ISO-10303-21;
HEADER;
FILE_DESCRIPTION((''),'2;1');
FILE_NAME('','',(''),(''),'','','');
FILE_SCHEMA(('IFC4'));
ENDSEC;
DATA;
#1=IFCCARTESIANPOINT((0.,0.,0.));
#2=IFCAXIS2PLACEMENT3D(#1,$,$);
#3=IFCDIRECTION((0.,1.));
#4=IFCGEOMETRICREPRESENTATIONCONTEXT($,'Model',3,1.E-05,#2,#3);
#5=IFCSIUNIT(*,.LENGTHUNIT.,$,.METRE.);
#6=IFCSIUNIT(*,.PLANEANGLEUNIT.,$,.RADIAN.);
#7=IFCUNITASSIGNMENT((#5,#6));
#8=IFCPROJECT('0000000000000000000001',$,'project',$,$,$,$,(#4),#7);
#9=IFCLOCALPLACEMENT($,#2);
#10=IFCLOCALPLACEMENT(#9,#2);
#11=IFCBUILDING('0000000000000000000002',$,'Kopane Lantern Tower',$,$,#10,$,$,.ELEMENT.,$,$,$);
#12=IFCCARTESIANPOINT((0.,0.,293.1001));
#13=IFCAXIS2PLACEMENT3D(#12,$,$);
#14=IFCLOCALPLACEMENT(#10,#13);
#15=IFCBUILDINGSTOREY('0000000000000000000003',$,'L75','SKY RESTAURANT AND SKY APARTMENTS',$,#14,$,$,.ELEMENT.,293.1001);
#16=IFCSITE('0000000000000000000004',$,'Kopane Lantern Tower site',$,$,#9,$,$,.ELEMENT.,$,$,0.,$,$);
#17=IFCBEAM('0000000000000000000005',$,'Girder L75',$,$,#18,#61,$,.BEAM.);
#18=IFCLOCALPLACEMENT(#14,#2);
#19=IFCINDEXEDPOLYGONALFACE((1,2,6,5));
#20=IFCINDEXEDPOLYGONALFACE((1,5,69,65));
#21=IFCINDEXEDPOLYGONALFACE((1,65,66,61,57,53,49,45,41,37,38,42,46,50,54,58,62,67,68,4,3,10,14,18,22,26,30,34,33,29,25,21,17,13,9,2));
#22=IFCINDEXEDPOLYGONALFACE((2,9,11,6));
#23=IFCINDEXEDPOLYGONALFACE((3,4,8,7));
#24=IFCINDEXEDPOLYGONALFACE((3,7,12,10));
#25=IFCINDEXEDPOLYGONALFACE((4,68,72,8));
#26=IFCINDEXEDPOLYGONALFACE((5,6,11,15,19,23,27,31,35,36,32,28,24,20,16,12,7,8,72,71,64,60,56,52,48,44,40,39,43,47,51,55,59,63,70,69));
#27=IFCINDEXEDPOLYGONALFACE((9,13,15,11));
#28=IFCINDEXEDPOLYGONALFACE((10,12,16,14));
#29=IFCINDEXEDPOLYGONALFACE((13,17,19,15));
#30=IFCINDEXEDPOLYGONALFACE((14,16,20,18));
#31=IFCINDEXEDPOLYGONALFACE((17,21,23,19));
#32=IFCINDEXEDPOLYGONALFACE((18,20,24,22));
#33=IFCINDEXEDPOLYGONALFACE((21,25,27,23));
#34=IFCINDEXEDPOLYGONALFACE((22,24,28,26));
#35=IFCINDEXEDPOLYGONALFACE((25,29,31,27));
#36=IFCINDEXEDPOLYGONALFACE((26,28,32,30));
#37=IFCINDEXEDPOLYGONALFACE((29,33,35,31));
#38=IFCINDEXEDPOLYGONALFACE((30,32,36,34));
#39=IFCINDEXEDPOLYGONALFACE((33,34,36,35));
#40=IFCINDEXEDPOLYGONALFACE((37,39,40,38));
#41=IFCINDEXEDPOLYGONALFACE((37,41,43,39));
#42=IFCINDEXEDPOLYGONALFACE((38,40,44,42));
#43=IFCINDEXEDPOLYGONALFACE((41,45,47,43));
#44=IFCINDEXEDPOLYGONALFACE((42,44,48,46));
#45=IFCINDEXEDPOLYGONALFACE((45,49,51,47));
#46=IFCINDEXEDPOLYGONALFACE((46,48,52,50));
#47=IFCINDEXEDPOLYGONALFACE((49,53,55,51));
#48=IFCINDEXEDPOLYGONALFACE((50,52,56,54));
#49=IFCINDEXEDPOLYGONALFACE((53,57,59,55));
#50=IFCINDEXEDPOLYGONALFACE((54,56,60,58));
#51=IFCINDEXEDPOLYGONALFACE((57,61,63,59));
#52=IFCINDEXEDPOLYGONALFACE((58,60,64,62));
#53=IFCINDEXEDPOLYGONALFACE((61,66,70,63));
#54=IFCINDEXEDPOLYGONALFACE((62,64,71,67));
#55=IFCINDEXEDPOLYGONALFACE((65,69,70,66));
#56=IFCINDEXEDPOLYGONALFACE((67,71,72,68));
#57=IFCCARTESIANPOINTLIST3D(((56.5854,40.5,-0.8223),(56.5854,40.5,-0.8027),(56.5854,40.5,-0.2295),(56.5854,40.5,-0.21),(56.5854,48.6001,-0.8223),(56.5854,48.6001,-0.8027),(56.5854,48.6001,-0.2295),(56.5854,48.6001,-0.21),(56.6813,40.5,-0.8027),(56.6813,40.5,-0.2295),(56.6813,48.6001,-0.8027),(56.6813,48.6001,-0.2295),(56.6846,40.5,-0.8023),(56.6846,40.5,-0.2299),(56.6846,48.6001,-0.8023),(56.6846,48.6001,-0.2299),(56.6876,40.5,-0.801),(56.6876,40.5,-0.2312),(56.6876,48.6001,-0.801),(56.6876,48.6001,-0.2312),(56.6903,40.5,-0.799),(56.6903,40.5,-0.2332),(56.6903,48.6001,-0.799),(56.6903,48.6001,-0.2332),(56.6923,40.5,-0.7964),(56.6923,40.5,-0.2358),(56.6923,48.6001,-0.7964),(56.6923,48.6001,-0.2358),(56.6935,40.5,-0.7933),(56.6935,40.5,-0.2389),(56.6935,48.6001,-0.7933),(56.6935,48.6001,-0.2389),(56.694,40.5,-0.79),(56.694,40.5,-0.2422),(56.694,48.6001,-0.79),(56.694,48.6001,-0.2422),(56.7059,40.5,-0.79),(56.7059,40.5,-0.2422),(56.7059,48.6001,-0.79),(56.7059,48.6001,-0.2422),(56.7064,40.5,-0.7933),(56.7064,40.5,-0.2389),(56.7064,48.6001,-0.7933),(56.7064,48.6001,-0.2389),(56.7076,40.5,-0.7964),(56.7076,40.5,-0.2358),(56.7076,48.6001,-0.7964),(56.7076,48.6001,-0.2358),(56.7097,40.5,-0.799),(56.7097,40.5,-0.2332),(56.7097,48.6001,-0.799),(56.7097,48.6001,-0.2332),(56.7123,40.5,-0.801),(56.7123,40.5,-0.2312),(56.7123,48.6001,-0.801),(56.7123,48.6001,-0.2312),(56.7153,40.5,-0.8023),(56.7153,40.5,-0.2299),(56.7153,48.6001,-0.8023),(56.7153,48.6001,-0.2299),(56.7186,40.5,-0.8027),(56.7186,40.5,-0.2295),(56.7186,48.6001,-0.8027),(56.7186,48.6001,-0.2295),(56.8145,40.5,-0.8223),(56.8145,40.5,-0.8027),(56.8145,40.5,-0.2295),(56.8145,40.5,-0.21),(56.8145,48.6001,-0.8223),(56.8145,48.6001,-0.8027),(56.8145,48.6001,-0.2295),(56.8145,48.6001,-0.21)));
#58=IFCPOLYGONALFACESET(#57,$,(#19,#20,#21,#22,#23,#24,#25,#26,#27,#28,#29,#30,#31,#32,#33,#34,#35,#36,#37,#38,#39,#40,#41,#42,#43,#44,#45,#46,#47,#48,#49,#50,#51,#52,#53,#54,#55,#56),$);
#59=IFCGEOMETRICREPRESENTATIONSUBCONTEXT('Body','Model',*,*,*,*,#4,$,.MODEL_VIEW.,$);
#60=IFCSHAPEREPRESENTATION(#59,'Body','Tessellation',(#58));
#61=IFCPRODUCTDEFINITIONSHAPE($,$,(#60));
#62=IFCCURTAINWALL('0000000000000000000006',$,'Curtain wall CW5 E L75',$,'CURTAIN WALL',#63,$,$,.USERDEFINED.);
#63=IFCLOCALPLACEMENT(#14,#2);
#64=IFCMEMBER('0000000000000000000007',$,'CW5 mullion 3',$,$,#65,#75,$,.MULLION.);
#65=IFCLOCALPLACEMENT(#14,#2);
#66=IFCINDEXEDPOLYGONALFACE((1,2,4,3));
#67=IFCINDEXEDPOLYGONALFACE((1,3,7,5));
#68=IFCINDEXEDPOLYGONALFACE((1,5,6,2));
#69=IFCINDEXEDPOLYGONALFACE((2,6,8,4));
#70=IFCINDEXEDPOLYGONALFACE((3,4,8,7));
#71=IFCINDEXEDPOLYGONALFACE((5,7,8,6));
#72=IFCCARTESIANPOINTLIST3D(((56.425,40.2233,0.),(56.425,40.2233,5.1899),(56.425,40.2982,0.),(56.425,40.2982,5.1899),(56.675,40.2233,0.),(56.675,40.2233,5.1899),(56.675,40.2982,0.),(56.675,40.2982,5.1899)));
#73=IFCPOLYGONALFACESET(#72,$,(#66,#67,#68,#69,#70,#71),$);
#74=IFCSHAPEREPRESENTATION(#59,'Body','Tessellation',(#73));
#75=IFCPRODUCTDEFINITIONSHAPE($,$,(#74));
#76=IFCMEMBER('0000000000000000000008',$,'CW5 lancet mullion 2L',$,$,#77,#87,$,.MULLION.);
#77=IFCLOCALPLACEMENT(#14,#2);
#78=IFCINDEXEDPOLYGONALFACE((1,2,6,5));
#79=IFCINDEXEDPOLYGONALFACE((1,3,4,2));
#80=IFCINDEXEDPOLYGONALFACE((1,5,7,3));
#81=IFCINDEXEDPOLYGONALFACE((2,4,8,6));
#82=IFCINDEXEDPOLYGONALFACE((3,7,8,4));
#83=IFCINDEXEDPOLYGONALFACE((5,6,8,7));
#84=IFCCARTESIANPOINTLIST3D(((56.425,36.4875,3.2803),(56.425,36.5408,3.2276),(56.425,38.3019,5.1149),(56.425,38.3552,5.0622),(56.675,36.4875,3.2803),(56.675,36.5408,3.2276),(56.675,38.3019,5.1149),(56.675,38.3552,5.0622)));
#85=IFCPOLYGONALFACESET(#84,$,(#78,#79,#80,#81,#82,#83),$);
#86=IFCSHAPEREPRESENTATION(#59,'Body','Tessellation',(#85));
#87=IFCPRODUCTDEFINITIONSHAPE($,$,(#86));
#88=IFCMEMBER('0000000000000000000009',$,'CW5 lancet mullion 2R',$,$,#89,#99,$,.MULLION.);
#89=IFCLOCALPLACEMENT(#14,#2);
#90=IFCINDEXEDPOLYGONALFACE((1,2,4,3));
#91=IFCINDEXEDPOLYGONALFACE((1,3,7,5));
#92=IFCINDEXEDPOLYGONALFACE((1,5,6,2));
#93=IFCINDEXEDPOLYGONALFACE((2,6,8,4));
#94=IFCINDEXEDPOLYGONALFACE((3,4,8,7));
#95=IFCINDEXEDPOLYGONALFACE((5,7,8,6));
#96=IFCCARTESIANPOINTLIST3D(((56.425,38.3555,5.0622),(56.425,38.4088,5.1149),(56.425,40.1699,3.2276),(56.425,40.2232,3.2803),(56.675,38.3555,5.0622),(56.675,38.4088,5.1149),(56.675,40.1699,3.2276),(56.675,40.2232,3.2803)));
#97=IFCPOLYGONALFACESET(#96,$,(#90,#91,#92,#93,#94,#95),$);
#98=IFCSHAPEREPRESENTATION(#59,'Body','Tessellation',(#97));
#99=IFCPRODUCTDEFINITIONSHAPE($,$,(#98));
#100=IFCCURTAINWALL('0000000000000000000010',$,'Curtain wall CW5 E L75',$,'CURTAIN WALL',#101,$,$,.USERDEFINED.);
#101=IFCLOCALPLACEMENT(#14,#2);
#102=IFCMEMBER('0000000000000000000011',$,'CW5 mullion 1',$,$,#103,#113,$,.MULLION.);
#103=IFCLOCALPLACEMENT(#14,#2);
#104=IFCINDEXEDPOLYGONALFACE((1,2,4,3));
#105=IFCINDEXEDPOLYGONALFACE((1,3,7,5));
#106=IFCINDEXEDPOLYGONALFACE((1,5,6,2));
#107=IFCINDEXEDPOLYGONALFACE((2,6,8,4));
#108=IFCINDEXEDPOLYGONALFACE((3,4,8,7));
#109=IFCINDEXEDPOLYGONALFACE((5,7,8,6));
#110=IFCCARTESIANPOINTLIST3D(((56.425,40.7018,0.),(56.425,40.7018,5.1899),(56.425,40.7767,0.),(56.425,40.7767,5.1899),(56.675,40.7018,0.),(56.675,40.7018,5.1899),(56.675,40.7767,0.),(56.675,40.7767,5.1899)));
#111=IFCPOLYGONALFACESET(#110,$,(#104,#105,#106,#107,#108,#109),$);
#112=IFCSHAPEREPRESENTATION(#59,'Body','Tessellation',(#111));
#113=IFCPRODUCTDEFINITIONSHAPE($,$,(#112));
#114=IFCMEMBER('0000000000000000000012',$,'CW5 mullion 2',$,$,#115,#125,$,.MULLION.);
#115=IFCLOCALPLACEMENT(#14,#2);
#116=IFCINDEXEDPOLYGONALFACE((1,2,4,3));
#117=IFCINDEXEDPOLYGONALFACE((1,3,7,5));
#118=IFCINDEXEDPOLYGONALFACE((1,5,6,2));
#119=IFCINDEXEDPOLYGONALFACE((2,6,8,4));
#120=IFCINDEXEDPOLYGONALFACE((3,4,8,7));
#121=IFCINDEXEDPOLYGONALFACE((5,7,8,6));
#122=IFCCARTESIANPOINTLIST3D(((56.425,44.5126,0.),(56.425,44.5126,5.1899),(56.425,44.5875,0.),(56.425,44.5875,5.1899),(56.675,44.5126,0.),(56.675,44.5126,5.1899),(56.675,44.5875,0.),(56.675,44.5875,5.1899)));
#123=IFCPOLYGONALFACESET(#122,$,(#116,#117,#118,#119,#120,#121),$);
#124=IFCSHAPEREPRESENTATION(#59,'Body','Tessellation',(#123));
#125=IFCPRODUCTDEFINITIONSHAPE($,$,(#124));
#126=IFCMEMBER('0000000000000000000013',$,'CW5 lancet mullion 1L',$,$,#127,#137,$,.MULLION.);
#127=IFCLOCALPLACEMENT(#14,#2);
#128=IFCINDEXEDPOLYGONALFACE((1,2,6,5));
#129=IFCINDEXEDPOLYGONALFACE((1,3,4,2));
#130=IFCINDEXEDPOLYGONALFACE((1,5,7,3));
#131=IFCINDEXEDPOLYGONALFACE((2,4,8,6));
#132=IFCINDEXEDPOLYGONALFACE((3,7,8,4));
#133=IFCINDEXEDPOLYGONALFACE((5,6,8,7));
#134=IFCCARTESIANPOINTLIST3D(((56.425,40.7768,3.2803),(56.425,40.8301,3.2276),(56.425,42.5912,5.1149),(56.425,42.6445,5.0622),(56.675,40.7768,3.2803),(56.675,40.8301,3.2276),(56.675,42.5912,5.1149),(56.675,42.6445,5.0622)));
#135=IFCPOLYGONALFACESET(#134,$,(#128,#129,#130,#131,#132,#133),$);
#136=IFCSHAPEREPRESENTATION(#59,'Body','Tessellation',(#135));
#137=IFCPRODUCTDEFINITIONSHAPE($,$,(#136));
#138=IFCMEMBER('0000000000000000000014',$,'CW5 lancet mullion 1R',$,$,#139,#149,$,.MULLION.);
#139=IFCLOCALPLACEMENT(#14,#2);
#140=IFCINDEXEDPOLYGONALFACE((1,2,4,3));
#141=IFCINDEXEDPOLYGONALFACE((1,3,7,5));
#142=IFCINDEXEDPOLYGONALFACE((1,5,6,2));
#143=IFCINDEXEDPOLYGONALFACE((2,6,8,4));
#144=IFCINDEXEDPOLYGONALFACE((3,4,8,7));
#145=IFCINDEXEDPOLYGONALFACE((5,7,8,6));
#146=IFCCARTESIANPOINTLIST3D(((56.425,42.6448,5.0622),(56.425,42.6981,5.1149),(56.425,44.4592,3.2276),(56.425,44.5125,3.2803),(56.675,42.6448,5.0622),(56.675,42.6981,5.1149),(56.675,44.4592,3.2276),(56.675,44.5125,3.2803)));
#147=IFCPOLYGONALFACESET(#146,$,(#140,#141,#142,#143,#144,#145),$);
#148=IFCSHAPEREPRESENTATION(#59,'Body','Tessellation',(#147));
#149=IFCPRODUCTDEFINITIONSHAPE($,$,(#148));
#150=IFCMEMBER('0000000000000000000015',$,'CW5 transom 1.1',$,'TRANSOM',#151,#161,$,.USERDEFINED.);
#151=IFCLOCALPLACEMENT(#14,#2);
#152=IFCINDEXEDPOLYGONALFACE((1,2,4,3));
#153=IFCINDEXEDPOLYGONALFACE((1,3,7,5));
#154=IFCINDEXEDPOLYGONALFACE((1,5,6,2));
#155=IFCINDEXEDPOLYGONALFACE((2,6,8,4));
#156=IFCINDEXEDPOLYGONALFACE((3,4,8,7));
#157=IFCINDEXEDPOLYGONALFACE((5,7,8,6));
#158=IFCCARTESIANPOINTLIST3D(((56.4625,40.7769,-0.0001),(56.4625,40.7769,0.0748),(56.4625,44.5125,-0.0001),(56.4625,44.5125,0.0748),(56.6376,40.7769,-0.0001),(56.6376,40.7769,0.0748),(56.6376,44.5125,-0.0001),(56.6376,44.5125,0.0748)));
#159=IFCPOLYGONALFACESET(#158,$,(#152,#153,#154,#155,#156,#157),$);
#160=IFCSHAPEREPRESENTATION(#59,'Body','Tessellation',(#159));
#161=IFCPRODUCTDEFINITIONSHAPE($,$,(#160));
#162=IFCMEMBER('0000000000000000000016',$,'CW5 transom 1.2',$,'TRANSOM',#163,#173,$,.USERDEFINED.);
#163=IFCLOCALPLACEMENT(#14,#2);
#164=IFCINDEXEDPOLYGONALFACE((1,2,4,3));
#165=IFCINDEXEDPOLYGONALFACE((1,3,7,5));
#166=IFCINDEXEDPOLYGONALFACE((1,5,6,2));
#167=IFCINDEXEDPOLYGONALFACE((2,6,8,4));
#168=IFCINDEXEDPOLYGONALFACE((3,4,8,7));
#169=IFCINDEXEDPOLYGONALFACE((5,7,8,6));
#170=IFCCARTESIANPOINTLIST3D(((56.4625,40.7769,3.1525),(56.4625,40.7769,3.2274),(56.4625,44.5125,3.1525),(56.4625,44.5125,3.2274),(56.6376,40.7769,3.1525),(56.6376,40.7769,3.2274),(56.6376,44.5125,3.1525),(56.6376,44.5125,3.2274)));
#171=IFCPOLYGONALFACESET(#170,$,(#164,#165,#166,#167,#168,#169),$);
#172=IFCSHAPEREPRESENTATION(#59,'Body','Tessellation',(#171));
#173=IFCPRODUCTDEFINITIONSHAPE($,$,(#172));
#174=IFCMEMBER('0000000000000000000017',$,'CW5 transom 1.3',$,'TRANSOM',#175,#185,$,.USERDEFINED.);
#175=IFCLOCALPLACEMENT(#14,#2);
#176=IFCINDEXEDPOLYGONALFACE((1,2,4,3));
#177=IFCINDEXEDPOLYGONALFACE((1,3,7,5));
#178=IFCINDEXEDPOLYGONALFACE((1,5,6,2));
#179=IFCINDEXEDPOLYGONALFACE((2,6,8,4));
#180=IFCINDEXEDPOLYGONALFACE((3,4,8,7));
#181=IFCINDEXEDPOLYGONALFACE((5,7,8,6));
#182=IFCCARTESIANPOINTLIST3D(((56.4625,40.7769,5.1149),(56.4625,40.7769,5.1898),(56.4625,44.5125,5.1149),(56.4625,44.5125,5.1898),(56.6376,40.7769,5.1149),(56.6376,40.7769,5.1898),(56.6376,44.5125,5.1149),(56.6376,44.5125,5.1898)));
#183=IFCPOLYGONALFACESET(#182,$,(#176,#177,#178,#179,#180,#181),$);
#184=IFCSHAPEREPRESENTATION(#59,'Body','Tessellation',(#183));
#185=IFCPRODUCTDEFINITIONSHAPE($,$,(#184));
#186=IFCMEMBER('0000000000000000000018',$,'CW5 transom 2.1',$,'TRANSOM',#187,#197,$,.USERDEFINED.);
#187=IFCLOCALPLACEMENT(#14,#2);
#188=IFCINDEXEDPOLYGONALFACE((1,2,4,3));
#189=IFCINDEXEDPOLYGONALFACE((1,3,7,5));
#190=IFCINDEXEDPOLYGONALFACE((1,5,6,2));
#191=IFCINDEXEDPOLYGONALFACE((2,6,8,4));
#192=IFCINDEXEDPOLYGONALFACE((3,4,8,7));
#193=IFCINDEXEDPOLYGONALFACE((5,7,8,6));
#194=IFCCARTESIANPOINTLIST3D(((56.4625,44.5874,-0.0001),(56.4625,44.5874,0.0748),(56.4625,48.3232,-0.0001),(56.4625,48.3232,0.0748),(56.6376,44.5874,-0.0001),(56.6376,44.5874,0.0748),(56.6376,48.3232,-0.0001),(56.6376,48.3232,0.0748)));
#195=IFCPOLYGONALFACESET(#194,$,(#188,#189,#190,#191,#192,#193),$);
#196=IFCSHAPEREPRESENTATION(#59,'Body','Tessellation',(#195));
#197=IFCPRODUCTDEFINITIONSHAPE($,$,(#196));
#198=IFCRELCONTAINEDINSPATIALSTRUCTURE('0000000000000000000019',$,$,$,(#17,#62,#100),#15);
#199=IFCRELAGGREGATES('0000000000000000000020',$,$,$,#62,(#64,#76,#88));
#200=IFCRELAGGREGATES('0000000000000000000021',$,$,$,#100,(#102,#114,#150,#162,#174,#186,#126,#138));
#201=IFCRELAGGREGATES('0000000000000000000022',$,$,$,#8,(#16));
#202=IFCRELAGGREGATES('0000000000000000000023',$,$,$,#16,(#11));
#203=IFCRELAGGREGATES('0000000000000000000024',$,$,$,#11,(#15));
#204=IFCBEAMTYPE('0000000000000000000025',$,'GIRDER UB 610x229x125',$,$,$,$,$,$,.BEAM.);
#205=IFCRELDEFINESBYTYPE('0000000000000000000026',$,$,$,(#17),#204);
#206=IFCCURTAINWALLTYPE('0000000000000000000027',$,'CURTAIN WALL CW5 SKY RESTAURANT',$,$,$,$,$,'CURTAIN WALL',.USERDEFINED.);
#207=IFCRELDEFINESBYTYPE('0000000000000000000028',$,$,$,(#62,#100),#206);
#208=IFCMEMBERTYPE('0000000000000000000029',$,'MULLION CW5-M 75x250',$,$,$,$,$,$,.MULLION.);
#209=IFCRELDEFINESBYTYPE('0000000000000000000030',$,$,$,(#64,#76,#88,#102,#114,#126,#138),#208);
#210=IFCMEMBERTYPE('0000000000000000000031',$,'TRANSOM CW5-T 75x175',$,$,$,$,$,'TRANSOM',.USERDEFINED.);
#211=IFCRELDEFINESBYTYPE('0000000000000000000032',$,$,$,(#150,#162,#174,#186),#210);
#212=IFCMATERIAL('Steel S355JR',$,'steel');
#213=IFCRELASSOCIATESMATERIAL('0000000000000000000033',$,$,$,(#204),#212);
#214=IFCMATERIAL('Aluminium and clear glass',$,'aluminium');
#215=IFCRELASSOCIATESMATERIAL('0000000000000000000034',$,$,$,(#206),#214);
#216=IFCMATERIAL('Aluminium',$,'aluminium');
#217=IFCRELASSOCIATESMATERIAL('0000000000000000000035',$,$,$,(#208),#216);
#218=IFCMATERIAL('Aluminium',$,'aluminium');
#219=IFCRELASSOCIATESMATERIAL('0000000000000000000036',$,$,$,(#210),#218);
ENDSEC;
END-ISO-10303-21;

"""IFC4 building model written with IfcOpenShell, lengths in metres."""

from ifc_helpers import new_model, si_unit, direction, frame, origin, origin_2d, place, context, subcontext, project, spatial, rectangle, i_section, extrude, material, material_profile, profile_set, type_object, element, aggregate, save


model = new_model("IFC4")

# Units and contexts
model_context = context("Model", 3, precision=1e-05, world=origin(), true_north=direction((0.0, 1.0)))
body_context = subcontext(model_context, "Body", "Model", "MODEL_VIEW")
ifc_project = project(units=[si_unit("LENGTHUNIT", "METRE"), si_unit("PLANEANGLEUNIT", "RADIAN")], contexts=[model_context])

# Site, building, storey
site_placement = place(None, origin())
site = spatial("IfcSite", under=ifc_project, at=site_placement, Name="Kopane Lantern Tower site", CompositionType="ELEMENT", RefElevation=0.0)
building_placement = place(site_placement, origin())
building = spatial("IfcBuilding", under=site, at=building_placement, Name="Kopane Lantern Tower", CompositionType="ELEMENT")
storey_placement = place(building_placement, frame((0.0, 0.0, 293.1001)))
storey = spatial("IfcBuildingStorey", under=building, at=storey_placement, Name="L75", Description="SKY RESTAURANT AND SKY APARTMENTS", CompositionType="ELEMENT", Elevation=293.1001)

# Beam
ifc_material_1 = material(Name="Steel S355JR", Category="steel")
ifc_material_profile_1 = material_profile(ifc_material_1, i_section(OverallWidth=0.229, OverallDepth=0.6123, WebThickness=0.012, FlangeThickness=0.0195, FilletRadius=0.0127, at=origin_2d()), Name="UB 610x229x125")
ifc_profile_set_1 = profile_set([ifc_material_profile_1], Name="Steel S355JR")
beam_type = type_object("IfcBeamType", Name="GIRDER UB 610x229x125", PredefinedType="BEAM", material=ifc_profile_set_1)
beam_1_placement = place(storey_placement, frame((56.7, 40.5, -0.5161), z_axis=(0.0, 1.0, 0.0), x_axis=(-1.0, 0.0, 0.0)))
element("IfcBeam", 1, at=beam_1_placement, inside=storey, type_object=beam_type, Name="Girder L75", PredefinedType="BEAM", context=body_context, shape_type="SweptSolid", body=[
    extrude(i_section(OverallWidth=0.229, OverallDepth=0.6123, WebThickness=0.012, FlangeThickness=0.0195, FilletRadius=0.0127, at=origin_2d()), origin(), (0.0, 0.0, 1.0), 8.1001),
])

# Curtain walls, members
ifc_material_2 = material(Name="Aluminium and clear glass", Category="aluminium")
curtain_wall_type = type_object("IfcCurtainWallType", Name="CURTAIN WALL CW5 SKY RESTAURANT", ElementType="CURTAIN WALL", PredefinedType="USERDEFINED", material=ifc_material_2)
curtain_wall_1_placement = place(storey_placement, origin())
curtain_wall_1 = element("IfcCurtainWall", 2, at=curtain_wall_1_placement, inside=storey, type_object=curtain_wall_type, Name="Curtain wall CW5 E L75", ObjectType="CURTAIN WALL", PredefinedType="USERDEFINED")
ifc_material_3 = material(Name="Aluminium", Category="aluminium")
ifc_material_profile_2 = material_profile(ifc_material_3, rectangle(XDim=0.075, YDim=0.25, at=origin_2d()), Name="AL 75x250")
ifc_profile_set_2 = profile_set([ifc_material_profile_2], Name="Aluminium")
member_type_1 = type_object("IfcMemberType", Name="MULLION CW5-M 75x250", PredefinedType="MULLION", material=ifc_profile_set_2)
member_1_placement = place(storey_placement, frame((56.55, 40.2607, 0.0), z_axis=(0.0, 0.0, 1.0), x_axis=(0.0, 1.0, 0.0)))
member_1 = element("IfcMember", 3, at=member_1_placement, type_object=member_type_1, Name="CW5 mullion 3", PredefinedType="MULLION", context=body_context, shape_type="SweptSolid", body=[
    extrude(rectangle(XDim=0.075, YDim=0.25, at=origin_2d()), origin(), (0.0, 0.0, 1.0), 5.1899),
])
member_2_placement = place(storey_placement, frame((56.55, 36.5142, 3.2539), z_axis=(0.0, 0.703169, 0.711022), x_axis=(0.0, -0.711022, 0.703169)))
member_2 = element("IfcMember", 4, at=member_2_placement, type_object=member_type_1, Name="CW5 lancet mullion 2L", PredefinedType="MULLION", context=body_context, shape_type="SweptSolid", body=[
    extrude(rectangle(XDim=0.075, YDim=0.25, at=origin_2d()), origin(), (0.0, 0.0, 1.0), 2.5803),
])
member_3_placement = place(storey_placement, frame((56.55, 40.1965, 3.2539), z_axis=(0.0, -0.703169, 0.711022), x_axis=(0.0, 0.711022, 0.703169)))
member_3 = element("IfcMember", 5, at=member_3_placement, type_object=member_type_1, Name="CW5 lancet mullion 2R", PredefinedType="MULLION", context=body_context, shape_type="SweptSolid", body=[
    extrude(rectangle(XDim=0.075, YDim=0.25, at=origin_2d()), origin(), (0.0, 0.0, 1.0), 2.5803),
])
curtain_wall_2_placement = place(storey_placement, origin())
curtain_wall_2 = element("IfcCurtainWall", 6, at=curtain_wall_2_placement, inside=storey, type_object=curtain_wall_type, Name="Curtain wall CW5 E L75", ObjectType="CURTAIN WALL", PredefinedType="USERDEFINED")
member_4_placement = place(storey_placement, frame((56.55, 40.7393, 0.0), z_axis=(0.0, 0.0, 1.0), x_axis=(0.0, 1.0, 0.0)))
member_4 = element("IfcMember", 7, at=member_4_placement, type_object=member_type_1, Name="CW5 mullion 1", PredefinedType="MULLION", context=body_context, shape_type="SweptSolid", body=[
    extrude(rectangle(XDim=0.075, YDim=0.25, at=origin_2d()), origin(), (0.0, 0.0, 1.0), 5.1899),
])
member_5_placement = place(storey_placement, frame((56.55, 44.55, 0.0), z_axis=(0.0, 0.0, 1.0), x_axis=(0.0, 1.0, 0.0)))
member_5 = element("IfcMember", 8, at=member_5_placement, type_object=member_type_1, Name="CW5 mullion 2", PredefinedType="MULLION", context=body_context, shape_type="SweptSolid", body=[
    extrude(rectangle(XDim=0.075, YDim=0.25, at=origin_2d()), origin(), (0.0, 0.0, 1.0), 5.1899),
])
member_6_placement = place(storey_placement, frame((56.55, 40.8035, 3.2539), z_axis=(0.0, 0.703169, 0.711022), x_axis=(0.0, -0.711022, 0.703169)))
member_6 = element("IfcMember", 9, at=member_6_placement, type_object=member_type_1, Name="CW5 lancet mullion 1L", PredefinedType="MULLION", context=body_context, shape_type="SweptSolid", body=[
    extrude(rectangle(XDim=0.075, YDim=0.25, at=origin_2d()), origin(), (0.0, 0.0, 1.0), 2.5803),
])
member_7_placement = place(storey_placement, frame((56.55, 44.4858, 3.2539), z_axis=(0.0, -0.703169, 0.711022), x_axis=(0.0, 0.711022, 0.703169)))
member_7 = element("IfcMember", 10, at=member_7_placement, type_object=member_type_1, Name="CW5 lancet mullion 1R", PredefinedType="MULLION", context=body_context, shape_type="SweptSolid", body=[
    extrude(rectangle(XDim=0.075, YDim=0.25, at=origin_2d()), origin(), (0.0, 0.0, 1.0), 2.5803),
])
ifc_material_4 = material(Name="Aluminium", Category="aluminium")
ifc_material_profile_3 = material_profile(ifc_material_4, rectangle(XDim=0.175, YDim=0.075, at=origin_2d()), Name="AL 175x75")
ifc_profile_set_3 = profile_set([ifc_material_profile_3], Name="Aluminium")
member_type_2 = type_object("IfcMemberType", Name="TRANSOM CW5-T 75x175", ElementType="TRANSOM", PredefinedType="USERDEFINED", material=ifc_profile_set_3)
member_8_placement = place(storey_placement, frame((56.55, 40.7769, 0.0374), z_axis=(0.0, 1.0, 0.0), x_axis=(-1.0, 0.0, 0.0)))
member_8 = element("IfcMember", 11, at=member_8_placement, type_object=member_type_2, Name="CW5 transom 1.1", ObjectType="TRANSOM", PredefinedType="USERDEFINED", context=body_context, shape_type="SweptSolid", body=[
    extrude(rectangle(XDim=0.175, YDim=0.075, at=origin_2d()), origin(), (0.0, 0.0, 1.0), 3.7356),
])
member_9_placement = place(storey_placement, frame((56.55, 40.7769, 3.1899), z_axis=(0.0, 1.0, 0.0), x_axis=(-1.0, 0.0, 0.0)))
member_9 = element("IfcMember", 12, at=member_9_placement, type_object=member_type_2, Name="CW5 transom 1.2", ObjectType="TRANSOM", PredefinedType="USERDEFINED", context=body_context, shape_type="SweptSolid", body=[
    extrude(rectangle(XDim=0.175, YDim=0.075, at=origin_2d()), origin(), (0.0, 0.0, 1.0), 3.7356),
])
member_10_placement = place(storey_placement, frame((56.55, 40.7769, 5.1523), z_axis=(0.0, 1.0, 0.0), x_axis=(-1.0, 0.0, 0.0)))
member_10 = element("IfcMember", 13, at=member_10_placement, type_object=member_type_2, Name="CW5 transom 1.3", ObjectType="TRANSOM", PredefinedType="USERDEFINED", context=body_context, shape_type="SweptSolid", body=[
    extrude(rectangle(XDim=0.175, YDim=0.075, at=origin_2d()), origin(), (0.0, 0.0, 1.0), 3.7356),
])
member_11_placement = place(storey_placement, frame((56.55, 44.5874, 0.0374), z_axis=(0.0, 1.0, 0.0), x_axis=(-1.0, 0.0, 0.0)))
member_11 = element("IfcMember", 14, at=member_11_placement, type_object=member_type_2, Name="CW5 transom 2.1", ObjectType="TRANSOM", PredefinedType="USERDEFINED", context=body_context, shape_type="SweptSolid", body=[
    extrude(rectangle(XDim=0.175, YDim=0.075, at=origin_2d()), origin(), (0.0, 0.0, 1.0), 3.7358),
])

aggregate(curtain_wall_1, [member_1, member_2, member_3])
aggregate(curtain_wall_2, [member_4, member_5, member_8, member_9, member_10, member_11, member_6, member_7])

save(model, "model.ifc")
